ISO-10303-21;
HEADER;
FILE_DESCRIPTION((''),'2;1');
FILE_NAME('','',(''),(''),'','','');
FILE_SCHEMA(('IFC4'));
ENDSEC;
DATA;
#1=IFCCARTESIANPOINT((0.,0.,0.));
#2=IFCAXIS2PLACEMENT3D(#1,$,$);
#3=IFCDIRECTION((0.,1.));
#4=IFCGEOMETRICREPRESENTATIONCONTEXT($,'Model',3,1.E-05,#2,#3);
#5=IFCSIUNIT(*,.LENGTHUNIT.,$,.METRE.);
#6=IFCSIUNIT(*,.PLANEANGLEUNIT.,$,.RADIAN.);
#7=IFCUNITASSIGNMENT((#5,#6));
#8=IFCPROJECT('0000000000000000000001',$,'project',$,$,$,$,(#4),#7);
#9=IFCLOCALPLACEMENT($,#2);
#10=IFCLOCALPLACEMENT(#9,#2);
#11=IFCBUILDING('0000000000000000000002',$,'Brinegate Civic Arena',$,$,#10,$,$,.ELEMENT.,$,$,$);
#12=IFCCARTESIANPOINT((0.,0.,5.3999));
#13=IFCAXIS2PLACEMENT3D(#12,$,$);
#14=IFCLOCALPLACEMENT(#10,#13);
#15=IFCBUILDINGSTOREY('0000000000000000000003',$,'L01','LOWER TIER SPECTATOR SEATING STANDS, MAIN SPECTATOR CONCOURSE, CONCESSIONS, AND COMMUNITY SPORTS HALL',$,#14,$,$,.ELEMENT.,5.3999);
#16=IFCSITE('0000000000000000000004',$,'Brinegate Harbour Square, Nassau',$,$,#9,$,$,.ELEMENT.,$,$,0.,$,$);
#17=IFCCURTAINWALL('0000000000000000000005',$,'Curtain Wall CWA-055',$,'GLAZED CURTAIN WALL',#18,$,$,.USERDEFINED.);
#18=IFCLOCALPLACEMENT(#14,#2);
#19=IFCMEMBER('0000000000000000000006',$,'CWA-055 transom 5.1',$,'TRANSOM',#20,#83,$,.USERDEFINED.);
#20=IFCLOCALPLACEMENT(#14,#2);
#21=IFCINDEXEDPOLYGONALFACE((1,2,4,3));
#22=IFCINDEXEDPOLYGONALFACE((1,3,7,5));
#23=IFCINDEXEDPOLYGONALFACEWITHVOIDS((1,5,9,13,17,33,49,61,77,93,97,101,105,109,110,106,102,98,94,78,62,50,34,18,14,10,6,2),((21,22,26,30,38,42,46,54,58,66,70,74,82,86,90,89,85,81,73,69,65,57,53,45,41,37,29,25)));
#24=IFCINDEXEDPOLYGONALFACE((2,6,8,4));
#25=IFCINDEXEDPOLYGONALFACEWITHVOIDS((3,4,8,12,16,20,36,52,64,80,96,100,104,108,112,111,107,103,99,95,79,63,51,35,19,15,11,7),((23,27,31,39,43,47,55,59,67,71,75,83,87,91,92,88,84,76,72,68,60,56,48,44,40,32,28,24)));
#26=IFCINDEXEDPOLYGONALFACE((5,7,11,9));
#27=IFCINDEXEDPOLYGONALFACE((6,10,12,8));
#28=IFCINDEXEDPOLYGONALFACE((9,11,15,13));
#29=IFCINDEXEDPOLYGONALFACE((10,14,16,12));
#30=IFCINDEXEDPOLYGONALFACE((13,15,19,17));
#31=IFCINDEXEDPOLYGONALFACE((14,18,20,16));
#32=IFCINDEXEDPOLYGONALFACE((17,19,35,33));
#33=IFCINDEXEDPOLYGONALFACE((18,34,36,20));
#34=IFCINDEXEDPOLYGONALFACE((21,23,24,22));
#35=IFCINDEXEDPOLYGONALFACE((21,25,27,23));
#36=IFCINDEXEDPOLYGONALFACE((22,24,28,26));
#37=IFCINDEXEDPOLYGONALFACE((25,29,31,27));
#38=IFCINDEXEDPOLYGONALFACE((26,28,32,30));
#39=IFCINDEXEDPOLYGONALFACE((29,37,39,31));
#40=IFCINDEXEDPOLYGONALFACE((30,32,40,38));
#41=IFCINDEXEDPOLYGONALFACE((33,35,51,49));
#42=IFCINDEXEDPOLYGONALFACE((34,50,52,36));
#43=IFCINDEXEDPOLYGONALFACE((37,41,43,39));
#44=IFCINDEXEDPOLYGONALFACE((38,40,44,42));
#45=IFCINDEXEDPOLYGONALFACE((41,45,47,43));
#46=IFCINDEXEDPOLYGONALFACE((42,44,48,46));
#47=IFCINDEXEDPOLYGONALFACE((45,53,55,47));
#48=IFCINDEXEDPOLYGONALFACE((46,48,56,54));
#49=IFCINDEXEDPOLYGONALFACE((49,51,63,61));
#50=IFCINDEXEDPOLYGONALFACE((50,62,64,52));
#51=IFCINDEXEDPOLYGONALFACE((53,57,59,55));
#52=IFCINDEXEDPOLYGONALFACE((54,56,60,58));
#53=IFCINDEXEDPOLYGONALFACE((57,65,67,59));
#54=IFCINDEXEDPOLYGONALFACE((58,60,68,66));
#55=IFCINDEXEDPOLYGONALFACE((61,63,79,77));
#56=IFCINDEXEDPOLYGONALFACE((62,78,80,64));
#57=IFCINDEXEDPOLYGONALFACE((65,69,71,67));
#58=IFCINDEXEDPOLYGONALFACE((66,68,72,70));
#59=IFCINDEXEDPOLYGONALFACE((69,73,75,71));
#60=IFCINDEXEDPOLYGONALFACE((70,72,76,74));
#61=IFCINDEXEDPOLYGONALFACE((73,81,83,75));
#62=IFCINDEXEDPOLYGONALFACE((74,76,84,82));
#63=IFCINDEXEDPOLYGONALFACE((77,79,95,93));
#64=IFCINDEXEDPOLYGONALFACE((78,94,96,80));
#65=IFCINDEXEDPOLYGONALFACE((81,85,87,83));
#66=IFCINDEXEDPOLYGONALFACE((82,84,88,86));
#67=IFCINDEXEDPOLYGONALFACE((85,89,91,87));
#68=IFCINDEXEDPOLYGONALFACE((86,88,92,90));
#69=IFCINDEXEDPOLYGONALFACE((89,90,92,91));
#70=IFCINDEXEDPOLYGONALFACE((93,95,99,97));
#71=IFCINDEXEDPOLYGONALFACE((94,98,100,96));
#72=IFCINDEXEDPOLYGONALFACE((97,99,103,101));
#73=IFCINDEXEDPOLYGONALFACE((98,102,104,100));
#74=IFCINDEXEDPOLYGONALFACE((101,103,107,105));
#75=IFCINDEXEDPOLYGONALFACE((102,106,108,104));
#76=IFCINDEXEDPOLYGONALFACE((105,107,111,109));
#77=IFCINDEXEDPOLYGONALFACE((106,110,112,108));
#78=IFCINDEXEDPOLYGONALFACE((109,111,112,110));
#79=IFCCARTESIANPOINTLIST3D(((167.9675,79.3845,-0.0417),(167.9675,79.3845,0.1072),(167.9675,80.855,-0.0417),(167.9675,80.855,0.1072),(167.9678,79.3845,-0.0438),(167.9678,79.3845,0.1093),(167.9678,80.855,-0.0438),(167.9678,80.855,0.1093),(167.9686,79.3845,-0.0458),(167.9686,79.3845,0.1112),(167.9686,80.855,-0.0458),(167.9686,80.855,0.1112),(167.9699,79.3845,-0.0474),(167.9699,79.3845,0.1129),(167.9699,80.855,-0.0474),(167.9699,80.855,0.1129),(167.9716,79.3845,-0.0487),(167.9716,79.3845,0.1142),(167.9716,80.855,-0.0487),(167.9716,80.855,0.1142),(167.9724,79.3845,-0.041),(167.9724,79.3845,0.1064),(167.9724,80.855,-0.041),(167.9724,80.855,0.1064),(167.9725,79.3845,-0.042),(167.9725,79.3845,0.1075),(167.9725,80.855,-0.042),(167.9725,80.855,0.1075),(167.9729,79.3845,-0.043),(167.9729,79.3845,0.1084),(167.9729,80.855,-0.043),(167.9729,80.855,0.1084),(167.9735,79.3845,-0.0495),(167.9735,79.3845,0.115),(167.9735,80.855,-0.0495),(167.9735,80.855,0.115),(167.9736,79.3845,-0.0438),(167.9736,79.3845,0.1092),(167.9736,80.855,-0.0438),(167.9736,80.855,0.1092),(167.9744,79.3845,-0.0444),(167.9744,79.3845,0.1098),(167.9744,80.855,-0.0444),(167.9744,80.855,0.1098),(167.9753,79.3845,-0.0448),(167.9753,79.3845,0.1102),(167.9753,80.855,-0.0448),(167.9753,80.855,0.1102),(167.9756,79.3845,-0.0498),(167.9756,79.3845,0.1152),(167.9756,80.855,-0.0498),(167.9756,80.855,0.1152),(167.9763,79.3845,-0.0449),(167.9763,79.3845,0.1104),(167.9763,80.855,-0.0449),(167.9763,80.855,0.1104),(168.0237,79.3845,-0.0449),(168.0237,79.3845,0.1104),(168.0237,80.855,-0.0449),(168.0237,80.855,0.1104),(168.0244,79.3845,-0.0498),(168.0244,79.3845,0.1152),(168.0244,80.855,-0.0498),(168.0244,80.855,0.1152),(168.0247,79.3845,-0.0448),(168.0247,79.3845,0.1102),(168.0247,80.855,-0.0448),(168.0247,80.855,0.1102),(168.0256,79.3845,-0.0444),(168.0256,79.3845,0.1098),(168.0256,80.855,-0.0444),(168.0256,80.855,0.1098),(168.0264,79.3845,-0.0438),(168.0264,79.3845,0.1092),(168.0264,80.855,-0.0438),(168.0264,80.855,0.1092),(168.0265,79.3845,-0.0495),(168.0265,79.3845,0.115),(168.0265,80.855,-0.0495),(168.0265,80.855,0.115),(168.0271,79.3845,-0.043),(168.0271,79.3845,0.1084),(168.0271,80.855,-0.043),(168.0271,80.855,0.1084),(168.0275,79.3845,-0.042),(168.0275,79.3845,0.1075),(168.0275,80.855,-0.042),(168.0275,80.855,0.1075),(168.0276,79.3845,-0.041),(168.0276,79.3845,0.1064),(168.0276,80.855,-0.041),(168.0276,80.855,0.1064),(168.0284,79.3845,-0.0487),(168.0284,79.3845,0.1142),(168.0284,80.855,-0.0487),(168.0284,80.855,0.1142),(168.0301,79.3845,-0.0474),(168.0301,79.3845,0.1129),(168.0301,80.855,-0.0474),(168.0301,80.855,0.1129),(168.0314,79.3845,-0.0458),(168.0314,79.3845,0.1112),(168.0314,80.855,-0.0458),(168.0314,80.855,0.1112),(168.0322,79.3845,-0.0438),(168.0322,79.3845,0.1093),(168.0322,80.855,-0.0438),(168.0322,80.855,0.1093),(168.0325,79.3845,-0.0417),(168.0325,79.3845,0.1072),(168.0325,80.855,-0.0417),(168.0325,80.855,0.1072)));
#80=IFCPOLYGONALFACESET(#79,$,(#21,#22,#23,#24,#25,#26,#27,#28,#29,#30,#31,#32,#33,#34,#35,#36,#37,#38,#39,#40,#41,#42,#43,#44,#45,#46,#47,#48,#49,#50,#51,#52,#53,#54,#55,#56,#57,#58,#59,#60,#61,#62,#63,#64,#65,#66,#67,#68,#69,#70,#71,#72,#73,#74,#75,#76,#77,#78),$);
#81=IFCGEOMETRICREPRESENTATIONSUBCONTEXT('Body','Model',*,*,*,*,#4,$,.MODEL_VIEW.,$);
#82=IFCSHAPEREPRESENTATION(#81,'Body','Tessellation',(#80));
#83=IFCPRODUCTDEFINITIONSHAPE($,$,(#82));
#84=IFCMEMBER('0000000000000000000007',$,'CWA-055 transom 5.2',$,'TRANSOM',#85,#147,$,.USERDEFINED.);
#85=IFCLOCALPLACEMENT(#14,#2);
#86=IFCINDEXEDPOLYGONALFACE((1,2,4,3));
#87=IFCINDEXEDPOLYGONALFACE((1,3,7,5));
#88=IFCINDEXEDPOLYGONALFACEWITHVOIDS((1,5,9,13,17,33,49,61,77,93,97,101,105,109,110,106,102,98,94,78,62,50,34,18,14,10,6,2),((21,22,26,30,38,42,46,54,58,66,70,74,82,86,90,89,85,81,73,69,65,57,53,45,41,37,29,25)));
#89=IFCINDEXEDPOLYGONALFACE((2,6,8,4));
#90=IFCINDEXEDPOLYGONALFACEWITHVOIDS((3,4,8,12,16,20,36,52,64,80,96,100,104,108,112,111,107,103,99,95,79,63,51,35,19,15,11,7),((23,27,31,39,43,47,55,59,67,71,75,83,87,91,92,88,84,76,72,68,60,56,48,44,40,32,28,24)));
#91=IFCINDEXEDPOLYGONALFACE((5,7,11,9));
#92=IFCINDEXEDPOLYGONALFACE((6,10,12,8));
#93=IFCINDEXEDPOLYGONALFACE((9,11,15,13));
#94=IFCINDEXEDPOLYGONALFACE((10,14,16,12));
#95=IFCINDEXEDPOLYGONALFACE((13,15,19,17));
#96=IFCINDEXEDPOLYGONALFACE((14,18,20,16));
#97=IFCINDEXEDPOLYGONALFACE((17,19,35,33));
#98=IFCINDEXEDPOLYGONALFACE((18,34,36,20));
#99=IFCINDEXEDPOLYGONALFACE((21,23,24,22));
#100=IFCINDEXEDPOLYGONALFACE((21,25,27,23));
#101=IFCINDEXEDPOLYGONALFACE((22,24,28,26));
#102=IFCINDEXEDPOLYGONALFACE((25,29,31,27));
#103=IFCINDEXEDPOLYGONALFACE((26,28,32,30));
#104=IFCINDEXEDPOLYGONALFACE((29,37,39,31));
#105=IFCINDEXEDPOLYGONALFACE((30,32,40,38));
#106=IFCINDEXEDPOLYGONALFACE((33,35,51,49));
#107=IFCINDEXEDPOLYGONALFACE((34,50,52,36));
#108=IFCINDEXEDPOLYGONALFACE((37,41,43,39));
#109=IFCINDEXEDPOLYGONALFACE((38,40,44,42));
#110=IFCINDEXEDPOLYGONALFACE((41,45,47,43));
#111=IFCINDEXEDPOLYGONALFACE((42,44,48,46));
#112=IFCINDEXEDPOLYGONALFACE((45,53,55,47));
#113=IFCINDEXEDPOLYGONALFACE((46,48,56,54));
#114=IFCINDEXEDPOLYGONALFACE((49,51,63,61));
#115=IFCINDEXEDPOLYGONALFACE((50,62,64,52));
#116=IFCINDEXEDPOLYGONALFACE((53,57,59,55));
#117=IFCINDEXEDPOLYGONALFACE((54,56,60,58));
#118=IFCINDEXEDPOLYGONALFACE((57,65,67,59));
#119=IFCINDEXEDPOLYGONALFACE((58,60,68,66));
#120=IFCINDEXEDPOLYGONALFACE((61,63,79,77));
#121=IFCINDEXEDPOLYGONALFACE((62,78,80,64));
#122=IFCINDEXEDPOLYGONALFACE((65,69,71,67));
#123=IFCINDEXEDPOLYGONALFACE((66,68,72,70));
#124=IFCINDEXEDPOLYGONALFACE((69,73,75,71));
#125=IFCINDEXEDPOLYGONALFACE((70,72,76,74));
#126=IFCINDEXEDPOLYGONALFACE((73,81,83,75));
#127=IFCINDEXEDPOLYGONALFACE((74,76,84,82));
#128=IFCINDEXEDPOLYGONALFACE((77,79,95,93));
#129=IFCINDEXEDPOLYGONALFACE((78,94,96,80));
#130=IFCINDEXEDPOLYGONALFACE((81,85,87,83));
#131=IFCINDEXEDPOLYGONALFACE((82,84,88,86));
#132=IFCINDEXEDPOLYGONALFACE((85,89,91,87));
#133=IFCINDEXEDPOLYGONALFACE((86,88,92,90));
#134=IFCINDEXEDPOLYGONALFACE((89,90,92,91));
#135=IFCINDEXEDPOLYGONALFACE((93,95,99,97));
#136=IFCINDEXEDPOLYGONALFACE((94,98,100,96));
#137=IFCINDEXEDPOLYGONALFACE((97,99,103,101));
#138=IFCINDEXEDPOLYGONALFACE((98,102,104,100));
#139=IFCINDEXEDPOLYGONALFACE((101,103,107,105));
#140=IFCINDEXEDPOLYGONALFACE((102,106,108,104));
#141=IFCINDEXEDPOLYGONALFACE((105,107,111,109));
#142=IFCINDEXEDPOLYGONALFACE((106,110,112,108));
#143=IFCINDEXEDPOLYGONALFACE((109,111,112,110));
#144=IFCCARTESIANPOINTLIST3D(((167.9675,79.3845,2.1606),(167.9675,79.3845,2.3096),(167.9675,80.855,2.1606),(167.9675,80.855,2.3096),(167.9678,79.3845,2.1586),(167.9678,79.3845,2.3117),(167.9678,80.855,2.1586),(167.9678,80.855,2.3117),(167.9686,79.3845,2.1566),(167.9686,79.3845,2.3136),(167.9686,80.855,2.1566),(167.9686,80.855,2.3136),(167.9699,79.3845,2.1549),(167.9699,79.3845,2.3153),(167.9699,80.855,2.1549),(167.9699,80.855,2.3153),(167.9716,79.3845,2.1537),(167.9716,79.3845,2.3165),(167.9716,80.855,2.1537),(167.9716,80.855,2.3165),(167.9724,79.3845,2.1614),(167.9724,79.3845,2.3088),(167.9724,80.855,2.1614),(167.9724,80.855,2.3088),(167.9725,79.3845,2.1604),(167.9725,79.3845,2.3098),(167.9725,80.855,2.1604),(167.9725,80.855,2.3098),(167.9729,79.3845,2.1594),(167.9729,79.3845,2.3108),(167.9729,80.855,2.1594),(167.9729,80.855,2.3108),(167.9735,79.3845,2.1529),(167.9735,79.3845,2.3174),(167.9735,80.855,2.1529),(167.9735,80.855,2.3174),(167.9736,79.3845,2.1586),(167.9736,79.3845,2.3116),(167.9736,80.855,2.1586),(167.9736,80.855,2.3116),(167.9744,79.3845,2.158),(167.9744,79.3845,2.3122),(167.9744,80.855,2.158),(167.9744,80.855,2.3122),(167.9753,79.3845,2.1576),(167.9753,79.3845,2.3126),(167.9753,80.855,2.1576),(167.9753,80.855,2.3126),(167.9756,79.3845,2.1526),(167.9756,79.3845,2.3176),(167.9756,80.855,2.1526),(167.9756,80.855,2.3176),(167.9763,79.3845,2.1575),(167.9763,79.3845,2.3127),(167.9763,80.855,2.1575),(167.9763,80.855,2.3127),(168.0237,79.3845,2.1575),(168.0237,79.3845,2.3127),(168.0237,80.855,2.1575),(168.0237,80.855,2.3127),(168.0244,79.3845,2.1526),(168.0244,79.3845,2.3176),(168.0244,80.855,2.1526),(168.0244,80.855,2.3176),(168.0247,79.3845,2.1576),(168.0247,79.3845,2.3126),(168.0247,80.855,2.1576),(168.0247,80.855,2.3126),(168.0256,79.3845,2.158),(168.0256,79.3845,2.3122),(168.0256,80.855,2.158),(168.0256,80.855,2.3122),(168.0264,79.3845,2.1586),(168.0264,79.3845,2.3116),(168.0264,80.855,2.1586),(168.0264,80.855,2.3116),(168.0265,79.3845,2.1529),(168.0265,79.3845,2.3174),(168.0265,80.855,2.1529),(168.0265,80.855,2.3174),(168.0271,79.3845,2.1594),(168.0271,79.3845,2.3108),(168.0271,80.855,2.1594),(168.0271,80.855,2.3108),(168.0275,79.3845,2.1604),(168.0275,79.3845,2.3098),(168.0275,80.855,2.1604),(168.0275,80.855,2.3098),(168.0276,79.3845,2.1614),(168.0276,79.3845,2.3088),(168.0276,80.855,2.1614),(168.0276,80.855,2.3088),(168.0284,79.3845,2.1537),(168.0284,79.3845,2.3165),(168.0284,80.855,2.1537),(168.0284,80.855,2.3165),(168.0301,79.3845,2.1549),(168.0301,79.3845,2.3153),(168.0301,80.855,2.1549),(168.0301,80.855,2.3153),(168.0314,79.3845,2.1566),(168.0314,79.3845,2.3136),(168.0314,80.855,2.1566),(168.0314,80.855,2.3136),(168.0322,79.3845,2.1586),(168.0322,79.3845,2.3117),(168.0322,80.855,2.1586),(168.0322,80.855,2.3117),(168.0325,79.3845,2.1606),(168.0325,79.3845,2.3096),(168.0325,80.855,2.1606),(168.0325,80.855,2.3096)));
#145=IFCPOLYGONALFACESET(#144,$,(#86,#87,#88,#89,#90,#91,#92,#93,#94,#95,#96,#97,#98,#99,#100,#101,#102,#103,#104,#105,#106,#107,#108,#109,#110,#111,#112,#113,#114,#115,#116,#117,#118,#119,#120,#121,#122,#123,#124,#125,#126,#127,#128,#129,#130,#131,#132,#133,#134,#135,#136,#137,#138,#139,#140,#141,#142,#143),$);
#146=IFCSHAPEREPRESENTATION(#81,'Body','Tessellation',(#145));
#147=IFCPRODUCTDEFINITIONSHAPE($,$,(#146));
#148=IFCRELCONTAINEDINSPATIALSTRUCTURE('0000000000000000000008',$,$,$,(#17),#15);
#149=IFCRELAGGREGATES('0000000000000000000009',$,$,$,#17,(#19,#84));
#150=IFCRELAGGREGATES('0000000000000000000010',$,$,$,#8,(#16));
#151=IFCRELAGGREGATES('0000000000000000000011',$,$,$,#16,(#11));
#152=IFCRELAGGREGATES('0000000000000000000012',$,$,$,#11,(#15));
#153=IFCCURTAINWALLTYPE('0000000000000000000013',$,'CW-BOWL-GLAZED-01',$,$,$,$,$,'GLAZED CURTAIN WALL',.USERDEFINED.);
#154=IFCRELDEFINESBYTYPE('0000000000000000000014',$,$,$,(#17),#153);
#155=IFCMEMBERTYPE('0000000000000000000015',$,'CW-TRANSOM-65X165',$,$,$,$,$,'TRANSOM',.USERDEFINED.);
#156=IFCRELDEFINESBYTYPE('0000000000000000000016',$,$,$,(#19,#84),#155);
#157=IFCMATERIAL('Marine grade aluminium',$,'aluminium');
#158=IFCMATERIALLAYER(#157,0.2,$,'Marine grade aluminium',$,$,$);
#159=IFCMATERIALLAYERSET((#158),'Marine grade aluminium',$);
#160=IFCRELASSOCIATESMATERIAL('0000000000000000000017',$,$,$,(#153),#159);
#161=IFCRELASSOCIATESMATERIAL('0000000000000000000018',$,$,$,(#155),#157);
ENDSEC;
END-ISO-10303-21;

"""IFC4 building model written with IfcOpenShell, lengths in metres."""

from ifc_helpers import new_model, si_unit, direction, frame, origin, origin_2d, place, context, subcontext, project, spatial, hollow_rectangle, extrude, material, layer, layer_set, material_profile, profile_set, type_object, element, aggregate, save


model = new_model("IFC4")

# Units and contexts
model_context = context("Model", 3, precision=1e-05, world=origin(), true_north=direction((0.0, 1.0)))
body_context = subcontext(model_context, "Body", "Model", "MODEL_VIEW")
ifc_project = project(units=[si_unit("LENGTHUNIT", "METRE"), si_unit("PLANEANGLEUNIT", "RADIAN")], contexts=[model_context])

# Site, building, storey
site_placement = place(None, origin())
site = spatial("IfcSite", under=ifc_project, at=site_placement, Name="Brinegate Harbour Square, Nassau", CompositionType="ELEMENT", RefElevation=0.0)
building_placement = place(site_placement, origin())
building = spatial("IfcBuilding", under=site, at=building_placement, Name="Brinegate Civic Arena", CompositionType="ELEMENT")
storey_placement = place(building_placement, frame((0.0, 0.0, 5.3999)))
storey = spatial("IfcBuildingStorey", under=building, at=storey_placement, Name="L01", Description="LOWER TIER SPECTATOR SEATING STANDS, MAIN SPECTATOR CONCOURSE, CONCESSIONS, AND COMMUNITY SPORTS HALL", CompositionType="ELEMENT", Elevation=5.3999)

# Curtain wall, members
ifc_material_1 = material(Name="Marine grade aluminium", Category="aluminium")
ifc_layer_1 = layer(ifc_material_1, 0.2, Name="Marine grade aluminium")
ifc_layer_set_1 = layer_set([ifc_layer_1], Name="Marine grade aluminium")
curtain_wall_type = type_object("IfcCurtainWallType", Name="CW-BOWL-GLAZED-01", ElementType="GLAZED CURTAIN WALL", PredefinedType="USERDEFINED", material=ifc_layer_set_1)
curtain_wall_placement = place(storey_placement, origin())
curtain_wall = element("IfcCurtainWall", 1, at=curtain_wall_placement, inside=storey, type_object=curtain_wall_type, Name="Curtain Wall CWA-055", ObjectType="GLAZED CURTAIN WALL", PredefinedType="USERDEFINED")
ifc_material_profile_1 = material_profile(ifc_material_1, hollow_rectangle(XDim=0.0649, YDim=0.165, WallThickness=0.0049, InnerFilletRadius=0.0039, OuterFilletRadius=0.0081, at=origin_2d()), Name="TRN65X165")
ifc_profile_set_1 = profile_set([ifc_material_profile_1], Name="Marine grade aluminium")
member_type_1 = type_object("IfcMemberType", Name="CW-TRANSOM-65X165", ElementType="TRANSOM", PredefinedType="USERDEFINED", material=ifc_profile_set_1)
member_1_placement = place(storey_placement, frame((168.0, 79.3845, 0.0327), z_axis=(0.0, 1.0, 0.0), x_axis=(-1.0, 0.0, 0.0)))
member_1 = element("IfcMember", 2, at=member_1_placement, type_object=member_type_1, Name="CWA-055 transom 5.1", ObjectType="TRANSOM", PredefinedType="USERDEFINED", context=body_context, shape_type="SweptSolid", body=[
    extrude(hollow_rectangle(XDim=0.0649, YDim=0.165, WallThickness=0.0049, InnerFilletRadius=0.0039, OuterFilletRadius=0.0081, at=origin_2d()), origin(), (0.0, 0.0, 1.0), 1.4705),
])
member_2_placement = place(storey_placement, frame((168.0, 79.3845, 2.2351), z_axis=(0.0, 1.0, 0.0), x_axis=(-1.0, 0.0, 0.0)))
member_2 = element("IfcMember", 3, at=member_2_placement, type_object=member_type_1, Name="CWA-055 transom 5.2", ObjectType="TRANSOM", PredefinedType="USERDEFINED", context=body_context, shape_type="SweptSolid", body=[
    extrude(hollow_rectangle(XDim=0.0649, YDim=0.165, WallThickness=0.0049, InnerFilletRadius=0.0039, OuterFilletRadius=0.0081, at=origin_2d()), origin(), (0.0, 0.0, 1.0), 1.4705),
])
aggregate(curtain_wall, [member_1, member_2])

save(model, "model.ifc")
